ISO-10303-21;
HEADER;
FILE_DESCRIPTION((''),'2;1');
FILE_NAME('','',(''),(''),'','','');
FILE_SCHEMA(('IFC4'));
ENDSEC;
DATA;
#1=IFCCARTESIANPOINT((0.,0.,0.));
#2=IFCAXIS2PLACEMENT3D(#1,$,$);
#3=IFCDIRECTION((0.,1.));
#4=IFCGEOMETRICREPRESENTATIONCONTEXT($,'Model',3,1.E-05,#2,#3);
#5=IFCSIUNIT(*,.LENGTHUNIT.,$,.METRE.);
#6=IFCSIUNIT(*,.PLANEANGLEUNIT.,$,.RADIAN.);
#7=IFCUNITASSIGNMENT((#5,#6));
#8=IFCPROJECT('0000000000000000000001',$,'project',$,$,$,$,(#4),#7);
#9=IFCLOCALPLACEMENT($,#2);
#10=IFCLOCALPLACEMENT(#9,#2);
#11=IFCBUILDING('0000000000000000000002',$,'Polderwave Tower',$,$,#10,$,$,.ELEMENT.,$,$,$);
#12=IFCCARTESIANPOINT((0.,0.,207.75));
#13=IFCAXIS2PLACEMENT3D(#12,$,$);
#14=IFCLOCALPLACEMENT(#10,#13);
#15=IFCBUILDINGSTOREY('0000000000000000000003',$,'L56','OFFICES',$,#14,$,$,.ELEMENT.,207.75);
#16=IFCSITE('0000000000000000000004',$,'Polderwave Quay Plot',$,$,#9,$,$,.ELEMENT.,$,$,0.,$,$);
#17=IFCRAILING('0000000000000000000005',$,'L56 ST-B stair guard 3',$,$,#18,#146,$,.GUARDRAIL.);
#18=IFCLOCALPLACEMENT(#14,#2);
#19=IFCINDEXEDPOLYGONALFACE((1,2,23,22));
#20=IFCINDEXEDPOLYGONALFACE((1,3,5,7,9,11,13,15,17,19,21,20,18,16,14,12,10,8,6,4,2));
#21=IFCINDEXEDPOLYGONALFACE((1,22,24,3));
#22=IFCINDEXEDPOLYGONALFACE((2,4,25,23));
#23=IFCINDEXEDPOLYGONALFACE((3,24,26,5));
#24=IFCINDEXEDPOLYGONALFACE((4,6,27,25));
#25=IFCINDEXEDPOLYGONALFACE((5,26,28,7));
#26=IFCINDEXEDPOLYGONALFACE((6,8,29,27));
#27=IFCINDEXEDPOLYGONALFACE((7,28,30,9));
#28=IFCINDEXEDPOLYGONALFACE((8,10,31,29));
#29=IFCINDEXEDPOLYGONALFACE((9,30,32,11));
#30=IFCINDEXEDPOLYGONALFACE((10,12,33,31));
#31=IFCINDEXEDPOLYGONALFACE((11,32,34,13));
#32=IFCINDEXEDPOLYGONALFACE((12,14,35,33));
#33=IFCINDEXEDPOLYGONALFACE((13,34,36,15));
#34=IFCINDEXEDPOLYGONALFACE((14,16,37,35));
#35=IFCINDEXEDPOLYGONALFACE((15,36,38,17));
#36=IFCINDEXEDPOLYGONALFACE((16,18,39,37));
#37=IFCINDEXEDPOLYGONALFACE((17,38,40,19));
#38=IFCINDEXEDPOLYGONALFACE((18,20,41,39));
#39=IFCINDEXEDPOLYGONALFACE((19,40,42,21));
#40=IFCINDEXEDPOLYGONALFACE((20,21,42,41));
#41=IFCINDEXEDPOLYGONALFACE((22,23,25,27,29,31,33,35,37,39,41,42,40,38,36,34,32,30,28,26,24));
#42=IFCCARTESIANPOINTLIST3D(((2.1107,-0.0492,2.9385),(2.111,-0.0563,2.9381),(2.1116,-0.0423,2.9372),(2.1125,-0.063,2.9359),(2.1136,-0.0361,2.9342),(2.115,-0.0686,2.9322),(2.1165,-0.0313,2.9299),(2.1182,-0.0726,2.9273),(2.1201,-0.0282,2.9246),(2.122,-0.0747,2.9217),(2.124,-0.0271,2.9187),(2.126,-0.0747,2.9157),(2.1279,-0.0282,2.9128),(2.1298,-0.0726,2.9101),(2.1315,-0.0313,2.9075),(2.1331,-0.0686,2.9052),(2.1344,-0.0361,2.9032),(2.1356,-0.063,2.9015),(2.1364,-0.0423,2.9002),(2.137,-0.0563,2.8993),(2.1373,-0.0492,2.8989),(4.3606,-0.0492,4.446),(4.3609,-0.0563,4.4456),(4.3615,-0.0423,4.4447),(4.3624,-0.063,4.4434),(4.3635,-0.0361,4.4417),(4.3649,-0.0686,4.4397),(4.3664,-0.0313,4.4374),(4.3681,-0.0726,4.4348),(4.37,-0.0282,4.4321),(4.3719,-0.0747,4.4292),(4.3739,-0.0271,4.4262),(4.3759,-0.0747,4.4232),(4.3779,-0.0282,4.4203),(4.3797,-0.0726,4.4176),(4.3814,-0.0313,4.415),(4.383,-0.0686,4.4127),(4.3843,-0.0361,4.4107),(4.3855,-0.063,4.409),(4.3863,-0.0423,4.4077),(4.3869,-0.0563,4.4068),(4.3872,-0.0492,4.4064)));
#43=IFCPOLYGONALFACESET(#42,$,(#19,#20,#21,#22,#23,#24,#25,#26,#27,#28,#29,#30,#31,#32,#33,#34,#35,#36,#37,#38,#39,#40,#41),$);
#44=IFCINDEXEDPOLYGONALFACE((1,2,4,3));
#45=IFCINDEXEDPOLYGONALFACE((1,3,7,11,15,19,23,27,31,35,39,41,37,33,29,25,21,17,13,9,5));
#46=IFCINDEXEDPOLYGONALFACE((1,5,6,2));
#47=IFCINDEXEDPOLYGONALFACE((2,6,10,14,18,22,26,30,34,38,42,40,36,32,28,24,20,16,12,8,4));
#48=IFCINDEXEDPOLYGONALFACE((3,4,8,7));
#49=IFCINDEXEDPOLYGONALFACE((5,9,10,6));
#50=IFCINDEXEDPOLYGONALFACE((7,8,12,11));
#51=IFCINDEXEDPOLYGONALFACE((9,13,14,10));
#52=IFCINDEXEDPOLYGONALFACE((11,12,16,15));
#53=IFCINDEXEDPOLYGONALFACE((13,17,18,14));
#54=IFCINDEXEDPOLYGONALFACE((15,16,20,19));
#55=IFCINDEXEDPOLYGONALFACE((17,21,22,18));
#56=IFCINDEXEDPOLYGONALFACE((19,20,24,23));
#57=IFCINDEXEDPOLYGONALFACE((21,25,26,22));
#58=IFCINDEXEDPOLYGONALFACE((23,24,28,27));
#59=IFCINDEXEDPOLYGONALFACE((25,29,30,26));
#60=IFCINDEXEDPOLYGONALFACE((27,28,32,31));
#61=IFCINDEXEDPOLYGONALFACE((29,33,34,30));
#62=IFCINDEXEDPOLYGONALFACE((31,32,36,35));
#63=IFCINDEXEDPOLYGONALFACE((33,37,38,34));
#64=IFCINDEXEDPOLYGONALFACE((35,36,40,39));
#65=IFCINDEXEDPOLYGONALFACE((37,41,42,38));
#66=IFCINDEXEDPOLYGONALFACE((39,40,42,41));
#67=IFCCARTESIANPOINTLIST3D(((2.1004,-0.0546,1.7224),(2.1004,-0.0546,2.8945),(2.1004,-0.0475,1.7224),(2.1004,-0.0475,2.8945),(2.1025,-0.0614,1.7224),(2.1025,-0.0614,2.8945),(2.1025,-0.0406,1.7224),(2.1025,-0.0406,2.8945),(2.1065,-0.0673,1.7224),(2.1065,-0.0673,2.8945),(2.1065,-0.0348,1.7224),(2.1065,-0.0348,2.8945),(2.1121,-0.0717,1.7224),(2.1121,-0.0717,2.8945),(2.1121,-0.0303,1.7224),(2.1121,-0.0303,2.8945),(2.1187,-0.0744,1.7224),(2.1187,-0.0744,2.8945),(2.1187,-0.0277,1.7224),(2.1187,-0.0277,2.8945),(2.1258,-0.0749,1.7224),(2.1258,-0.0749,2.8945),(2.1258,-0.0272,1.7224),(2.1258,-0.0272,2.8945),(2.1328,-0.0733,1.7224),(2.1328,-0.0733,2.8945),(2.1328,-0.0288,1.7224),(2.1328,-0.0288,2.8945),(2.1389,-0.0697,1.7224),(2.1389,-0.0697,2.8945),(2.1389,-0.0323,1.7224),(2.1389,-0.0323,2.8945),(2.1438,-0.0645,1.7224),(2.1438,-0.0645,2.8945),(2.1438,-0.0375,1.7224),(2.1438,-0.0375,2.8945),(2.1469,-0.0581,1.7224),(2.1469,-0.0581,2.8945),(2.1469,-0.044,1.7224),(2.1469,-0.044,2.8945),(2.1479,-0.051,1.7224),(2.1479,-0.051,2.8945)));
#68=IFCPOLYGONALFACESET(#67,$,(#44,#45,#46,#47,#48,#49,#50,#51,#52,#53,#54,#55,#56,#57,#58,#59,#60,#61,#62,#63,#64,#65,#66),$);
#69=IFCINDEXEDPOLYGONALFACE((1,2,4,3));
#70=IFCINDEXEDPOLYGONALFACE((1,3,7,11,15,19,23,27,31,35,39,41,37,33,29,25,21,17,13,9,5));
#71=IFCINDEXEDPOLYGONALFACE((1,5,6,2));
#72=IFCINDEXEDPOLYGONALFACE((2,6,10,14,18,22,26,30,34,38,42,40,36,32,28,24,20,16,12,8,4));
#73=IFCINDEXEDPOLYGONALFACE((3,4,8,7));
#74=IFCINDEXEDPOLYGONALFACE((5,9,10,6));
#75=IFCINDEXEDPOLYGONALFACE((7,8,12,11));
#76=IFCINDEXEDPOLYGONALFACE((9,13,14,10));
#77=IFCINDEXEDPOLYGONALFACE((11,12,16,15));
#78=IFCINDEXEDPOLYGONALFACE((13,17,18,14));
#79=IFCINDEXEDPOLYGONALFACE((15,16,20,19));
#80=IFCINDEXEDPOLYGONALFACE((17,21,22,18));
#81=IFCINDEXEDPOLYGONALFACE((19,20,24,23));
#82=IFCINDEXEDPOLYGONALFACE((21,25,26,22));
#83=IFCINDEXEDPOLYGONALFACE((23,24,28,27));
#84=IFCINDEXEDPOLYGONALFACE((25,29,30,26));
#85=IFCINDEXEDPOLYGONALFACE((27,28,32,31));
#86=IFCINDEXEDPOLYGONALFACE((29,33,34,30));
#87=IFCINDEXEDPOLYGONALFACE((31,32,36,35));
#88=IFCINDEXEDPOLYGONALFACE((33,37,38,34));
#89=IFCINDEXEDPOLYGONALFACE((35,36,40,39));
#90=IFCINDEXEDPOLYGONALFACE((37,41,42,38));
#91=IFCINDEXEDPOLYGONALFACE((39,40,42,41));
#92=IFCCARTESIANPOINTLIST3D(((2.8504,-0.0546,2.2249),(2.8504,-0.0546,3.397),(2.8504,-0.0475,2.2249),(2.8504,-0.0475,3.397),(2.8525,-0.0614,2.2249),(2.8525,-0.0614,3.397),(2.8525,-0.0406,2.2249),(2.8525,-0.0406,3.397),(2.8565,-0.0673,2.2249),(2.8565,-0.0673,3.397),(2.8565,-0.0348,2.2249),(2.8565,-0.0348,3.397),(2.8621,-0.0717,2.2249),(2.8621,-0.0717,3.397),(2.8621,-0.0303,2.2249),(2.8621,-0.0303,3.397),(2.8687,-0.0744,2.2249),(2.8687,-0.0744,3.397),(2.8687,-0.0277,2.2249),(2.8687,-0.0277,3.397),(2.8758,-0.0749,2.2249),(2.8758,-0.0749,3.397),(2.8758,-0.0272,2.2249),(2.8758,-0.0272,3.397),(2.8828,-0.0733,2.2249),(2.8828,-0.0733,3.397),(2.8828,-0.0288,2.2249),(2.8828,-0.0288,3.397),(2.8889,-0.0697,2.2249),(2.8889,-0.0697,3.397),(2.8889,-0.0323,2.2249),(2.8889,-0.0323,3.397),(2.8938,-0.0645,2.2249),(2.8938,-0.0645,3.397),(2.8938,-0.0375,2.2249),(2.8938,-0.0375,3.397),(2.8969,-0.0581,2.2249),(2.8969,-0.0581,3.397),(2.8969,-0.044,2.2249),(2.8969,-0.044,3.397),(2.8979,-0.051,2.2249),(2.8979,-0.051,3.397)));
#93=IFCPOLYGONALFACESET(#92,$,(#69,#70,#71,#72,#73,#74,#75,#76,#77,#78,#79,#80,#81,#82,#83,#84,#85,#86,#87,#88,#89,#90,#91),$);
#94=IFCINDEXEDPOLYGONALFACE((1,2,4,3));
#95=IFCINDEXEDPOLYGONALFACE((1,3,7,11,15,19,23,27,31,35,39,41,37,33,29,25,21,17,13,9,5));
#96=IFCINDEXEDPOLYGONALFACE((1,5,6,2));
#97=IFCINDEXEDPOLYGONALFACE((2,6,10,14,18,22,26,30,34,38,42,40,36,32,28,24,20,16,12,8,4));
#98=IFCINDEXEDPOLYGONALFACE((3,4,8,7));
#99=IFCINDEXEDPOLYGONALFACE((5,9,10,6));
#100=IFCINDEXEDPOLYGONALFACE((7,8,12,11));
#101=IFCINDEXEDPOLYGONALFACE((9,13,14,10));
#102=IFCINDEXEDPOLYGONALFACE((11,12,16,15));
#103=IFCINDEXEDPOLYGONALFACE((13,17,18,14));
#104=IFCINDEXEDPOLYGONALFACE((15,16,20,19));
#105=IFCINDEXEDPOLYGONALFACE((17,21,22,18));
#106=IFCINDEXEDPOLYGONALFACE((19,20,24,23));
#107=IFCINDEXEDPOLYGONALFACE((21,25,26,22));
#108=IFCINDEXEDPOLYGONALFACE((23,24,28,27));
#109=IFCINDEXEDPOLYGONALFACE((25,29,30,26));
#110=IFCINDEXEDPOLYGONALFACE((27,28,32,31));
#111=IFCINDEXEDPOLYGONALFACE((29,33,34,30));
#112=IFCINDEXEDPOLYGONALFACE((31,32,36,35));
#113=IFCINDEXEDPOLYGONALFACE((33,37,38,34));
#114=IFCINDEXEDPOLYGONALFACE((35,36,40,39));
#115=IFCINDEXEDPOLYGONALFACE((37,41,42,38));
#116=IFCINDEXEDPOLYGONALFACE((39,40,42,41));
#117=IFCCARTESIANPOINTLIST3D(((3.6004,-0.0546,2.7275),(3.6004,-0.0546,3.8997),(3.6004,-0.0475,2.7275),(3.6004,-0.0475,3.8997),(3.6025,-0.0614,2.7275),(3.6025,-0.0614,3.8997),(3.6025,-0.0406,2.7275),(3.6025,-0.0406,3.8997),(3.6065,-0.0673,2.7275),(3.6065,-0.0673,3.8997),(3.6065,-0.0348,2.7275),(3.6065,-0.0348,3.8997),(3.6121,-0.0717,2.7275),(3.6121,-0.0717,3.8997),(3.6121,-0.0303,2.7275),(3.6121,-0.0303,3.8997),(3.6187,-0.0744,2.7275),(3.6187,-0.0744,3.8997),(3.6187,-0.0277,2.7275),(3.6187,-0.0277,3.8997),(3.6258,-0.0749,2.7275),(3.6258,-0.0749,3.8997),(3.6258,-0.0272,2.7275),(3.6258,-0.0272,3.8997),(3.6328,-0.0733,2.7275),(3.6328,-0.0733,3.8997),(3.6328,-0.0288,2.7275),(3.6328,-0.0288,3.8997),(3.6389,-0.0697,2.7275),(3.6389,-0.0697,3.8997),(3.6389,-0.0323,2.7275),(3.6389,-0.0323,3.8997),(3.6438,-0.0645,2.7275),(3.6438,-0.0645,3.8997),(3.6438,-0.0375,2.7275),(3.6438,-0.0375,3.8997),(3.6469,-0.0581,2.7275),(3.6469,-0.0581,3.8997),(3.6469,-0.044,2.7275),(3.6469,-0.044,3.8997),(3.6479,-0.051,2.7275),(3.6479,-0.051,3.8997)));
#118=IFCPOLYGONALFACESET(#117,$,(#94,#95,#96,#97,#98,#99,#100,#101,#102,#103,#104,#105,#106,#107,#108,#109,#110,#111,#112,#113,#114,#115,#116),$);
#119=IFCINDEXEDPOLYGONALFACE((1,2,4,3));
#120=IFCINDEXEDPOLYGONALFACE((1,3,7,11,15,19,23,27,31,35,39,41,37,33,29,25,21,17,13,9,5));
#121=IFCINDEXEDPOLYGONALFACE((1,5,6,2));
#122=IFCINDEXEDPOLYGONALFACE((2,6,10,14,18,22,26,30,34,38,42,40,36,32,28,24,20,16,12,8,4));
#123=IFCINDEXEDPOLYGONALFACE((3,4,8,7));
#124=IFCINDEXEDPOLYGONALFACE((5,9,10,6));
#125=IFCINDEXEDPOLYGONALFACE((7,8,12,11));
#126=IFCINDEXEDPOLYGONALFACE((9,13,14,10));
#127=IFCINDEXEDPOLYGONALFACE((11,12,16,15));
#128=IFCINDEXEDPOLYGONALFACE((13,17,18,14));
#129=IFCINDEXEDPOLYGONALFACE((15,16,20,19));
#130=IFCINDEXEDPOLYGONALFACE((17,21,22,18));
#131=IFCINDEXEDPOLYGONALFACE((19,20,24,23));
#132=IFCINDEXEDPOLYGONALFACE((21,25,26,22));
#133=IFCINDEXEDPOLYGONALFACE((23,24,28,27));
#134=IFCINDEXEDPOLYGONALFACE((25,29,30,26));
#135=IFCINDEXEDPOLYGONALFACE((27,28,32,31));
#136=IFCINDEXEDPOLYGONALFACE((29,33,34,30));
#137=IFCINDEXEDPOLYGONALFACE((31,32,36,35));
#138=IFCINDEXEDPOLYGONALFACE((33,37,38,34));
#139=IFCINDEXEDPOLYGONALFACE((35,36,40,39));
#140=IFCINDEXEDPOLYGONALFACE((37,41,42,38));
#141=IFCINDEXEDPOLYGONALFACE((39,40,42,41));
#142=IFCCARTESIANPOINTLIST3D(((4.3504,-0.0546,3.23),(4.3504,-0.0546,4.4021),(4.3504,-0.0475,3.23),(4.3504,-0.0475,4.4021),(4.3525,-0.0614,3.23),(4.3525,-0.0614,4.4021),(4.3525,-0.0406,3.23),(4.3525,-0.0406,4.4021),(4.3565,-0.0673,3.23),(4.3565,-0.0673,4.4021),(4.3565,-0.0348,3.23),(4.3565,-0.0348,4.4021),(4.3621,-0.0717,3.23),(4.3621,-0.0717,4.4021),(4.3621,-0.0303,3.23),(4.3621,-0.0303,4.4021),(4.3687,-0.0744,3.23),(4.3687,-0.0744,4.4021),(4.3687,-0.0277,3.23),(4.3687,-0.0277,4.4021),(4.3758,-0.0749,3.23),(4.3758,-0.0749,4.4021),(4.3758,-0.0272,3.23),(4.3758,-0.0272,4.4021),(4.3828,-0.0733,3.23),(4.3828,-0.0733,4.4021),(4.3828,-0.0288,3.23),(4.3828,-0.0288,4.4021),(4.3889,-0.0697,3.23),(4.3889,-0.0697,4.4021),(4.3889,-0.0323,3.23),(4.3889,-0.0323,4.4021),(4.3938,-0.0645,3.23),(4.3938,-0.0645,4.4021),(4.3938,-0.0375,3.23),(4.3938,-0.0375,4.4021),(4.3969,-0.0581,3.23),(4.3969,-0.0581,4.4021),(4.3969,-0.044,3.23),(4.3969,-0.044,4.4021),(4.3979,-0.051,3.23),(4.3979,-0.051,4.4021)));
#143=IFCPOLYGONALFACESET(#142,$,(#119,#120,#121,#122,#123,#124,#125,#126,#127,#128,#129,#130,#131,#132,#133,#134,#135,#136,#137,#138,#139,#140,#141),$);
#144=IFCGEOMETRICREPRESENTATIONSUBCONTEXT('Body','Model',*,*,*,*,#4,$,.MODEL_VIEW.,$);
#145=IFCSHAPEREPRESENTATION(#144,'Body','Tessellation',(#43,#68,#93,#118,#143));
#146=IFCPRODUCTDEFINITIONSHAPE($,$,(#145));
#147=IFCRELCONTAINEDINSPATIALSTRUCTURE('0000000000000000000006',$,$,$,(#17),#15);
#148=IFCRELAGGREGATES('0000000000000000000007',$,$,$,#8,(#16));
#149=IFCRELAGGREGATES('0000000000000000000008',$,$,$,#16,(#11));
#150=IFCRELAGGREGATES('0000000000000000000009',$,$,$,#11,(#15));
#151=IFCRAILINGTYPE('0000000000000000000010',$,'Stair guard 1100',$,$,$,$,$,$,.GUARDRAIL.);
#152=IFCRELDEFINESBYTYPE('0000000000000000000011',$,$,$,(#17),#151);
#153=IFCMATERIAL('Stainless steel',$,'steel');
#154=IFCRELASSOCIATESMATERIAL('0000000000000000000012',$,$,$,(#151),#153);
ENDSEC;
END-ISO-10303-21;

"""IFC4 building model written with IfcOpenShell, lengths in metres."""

from ifc_helpers import new_model, si_unit, direction, frame, origin, origin_2d, place, context, subcontext, project, spatial, circle, extrude, material, type_object, element, save


model = new_model("IFC4")

# Units and contexts
model_context = context("Model", 3, precision=1e-05, world=origin(), true_north=direction((0.0, 1.0)))
body_context = subcontext(model_context, "Body", "Model", "MODEL_VIEW")
ifc_project = project(units=[si_unit("LENGTHUNIT", "METRE"), si_unit("PLANEANGLEUNIT", "RADIAN")], contexts=[model_context])

# Site, building, storey
site_placement = place(None, origin())
site = spatial("IfcSite", under=ifc_project, at=site_placement, Name="Polderwave Quay Plot", CompositionType="ELEMENT", RefElevation=0.0)
building_placement = place(site_placement, origin())
building = spatial("IfcBuilding", under=site, at=building_placement, Name="Polderwave Tower", CompositionType="ELEMENT")
storey_placement = place(building_placement, frame((0.0, 0.0, 207.75)))
storey = spatial("IfcBuildingStorey", under=building, at=storey_placement, Name="L56", Description="OFFICES", CompositionType="ELEMENT", Elevation=207.75)

# Railing
ifc_material_1 = material(Name="Stainless steel", Category="steel")
railing_type_1 = type_object("IfcRailingType", Name="Stair guard 1100", PredefinedType="GUARDRAIL", material=ifc_material_1)
railing_1_placement = place(storey_placement, frame((2.124, -0.051, 1.7224)))
element("IfcRailing", 1, at=railing_1_placement, inside=storey, type_object=railing_type_1, Name="L56 ST-B stair guard 3", PredefinedType="GUARDRAIL", context=body_context, shape_type="SweptSolid", body=[
    extrude(circle(Radius=0.0239, at=origin_2d()), frame((0.0, 0.0, 1.1963), z_axis=(0.830758, 0.0, 0.556633), x_axis=(0.0, 1.0, 0.0)), (0.0, 0.0, 1.0), 2.7083),
    extrude(circle(Radius=0.0239, at=origin_2d()), origin(), (0.0, 0.0, 1.0), 1.1721),
    extrude(circle(Radius=0.0239, at=origin_2d()), frame((0.75, 0.0, 0.5024)), (0.0, 0.0, 1.0), 1.1721),
    extrude(circle(Radius=0.0239, at=origin_2d()), frame((1.5, 0.0, 1.0051)), (0.0, 0.0, 1.0), 1.1721),
    extrude(circle(Radius=0.0239, at=origin_2d()), frame((2.25, 0.0, 1.5076)), (0.0, 0.0, 1.0), 1.1721),
])

save(model, "model.ifc")
